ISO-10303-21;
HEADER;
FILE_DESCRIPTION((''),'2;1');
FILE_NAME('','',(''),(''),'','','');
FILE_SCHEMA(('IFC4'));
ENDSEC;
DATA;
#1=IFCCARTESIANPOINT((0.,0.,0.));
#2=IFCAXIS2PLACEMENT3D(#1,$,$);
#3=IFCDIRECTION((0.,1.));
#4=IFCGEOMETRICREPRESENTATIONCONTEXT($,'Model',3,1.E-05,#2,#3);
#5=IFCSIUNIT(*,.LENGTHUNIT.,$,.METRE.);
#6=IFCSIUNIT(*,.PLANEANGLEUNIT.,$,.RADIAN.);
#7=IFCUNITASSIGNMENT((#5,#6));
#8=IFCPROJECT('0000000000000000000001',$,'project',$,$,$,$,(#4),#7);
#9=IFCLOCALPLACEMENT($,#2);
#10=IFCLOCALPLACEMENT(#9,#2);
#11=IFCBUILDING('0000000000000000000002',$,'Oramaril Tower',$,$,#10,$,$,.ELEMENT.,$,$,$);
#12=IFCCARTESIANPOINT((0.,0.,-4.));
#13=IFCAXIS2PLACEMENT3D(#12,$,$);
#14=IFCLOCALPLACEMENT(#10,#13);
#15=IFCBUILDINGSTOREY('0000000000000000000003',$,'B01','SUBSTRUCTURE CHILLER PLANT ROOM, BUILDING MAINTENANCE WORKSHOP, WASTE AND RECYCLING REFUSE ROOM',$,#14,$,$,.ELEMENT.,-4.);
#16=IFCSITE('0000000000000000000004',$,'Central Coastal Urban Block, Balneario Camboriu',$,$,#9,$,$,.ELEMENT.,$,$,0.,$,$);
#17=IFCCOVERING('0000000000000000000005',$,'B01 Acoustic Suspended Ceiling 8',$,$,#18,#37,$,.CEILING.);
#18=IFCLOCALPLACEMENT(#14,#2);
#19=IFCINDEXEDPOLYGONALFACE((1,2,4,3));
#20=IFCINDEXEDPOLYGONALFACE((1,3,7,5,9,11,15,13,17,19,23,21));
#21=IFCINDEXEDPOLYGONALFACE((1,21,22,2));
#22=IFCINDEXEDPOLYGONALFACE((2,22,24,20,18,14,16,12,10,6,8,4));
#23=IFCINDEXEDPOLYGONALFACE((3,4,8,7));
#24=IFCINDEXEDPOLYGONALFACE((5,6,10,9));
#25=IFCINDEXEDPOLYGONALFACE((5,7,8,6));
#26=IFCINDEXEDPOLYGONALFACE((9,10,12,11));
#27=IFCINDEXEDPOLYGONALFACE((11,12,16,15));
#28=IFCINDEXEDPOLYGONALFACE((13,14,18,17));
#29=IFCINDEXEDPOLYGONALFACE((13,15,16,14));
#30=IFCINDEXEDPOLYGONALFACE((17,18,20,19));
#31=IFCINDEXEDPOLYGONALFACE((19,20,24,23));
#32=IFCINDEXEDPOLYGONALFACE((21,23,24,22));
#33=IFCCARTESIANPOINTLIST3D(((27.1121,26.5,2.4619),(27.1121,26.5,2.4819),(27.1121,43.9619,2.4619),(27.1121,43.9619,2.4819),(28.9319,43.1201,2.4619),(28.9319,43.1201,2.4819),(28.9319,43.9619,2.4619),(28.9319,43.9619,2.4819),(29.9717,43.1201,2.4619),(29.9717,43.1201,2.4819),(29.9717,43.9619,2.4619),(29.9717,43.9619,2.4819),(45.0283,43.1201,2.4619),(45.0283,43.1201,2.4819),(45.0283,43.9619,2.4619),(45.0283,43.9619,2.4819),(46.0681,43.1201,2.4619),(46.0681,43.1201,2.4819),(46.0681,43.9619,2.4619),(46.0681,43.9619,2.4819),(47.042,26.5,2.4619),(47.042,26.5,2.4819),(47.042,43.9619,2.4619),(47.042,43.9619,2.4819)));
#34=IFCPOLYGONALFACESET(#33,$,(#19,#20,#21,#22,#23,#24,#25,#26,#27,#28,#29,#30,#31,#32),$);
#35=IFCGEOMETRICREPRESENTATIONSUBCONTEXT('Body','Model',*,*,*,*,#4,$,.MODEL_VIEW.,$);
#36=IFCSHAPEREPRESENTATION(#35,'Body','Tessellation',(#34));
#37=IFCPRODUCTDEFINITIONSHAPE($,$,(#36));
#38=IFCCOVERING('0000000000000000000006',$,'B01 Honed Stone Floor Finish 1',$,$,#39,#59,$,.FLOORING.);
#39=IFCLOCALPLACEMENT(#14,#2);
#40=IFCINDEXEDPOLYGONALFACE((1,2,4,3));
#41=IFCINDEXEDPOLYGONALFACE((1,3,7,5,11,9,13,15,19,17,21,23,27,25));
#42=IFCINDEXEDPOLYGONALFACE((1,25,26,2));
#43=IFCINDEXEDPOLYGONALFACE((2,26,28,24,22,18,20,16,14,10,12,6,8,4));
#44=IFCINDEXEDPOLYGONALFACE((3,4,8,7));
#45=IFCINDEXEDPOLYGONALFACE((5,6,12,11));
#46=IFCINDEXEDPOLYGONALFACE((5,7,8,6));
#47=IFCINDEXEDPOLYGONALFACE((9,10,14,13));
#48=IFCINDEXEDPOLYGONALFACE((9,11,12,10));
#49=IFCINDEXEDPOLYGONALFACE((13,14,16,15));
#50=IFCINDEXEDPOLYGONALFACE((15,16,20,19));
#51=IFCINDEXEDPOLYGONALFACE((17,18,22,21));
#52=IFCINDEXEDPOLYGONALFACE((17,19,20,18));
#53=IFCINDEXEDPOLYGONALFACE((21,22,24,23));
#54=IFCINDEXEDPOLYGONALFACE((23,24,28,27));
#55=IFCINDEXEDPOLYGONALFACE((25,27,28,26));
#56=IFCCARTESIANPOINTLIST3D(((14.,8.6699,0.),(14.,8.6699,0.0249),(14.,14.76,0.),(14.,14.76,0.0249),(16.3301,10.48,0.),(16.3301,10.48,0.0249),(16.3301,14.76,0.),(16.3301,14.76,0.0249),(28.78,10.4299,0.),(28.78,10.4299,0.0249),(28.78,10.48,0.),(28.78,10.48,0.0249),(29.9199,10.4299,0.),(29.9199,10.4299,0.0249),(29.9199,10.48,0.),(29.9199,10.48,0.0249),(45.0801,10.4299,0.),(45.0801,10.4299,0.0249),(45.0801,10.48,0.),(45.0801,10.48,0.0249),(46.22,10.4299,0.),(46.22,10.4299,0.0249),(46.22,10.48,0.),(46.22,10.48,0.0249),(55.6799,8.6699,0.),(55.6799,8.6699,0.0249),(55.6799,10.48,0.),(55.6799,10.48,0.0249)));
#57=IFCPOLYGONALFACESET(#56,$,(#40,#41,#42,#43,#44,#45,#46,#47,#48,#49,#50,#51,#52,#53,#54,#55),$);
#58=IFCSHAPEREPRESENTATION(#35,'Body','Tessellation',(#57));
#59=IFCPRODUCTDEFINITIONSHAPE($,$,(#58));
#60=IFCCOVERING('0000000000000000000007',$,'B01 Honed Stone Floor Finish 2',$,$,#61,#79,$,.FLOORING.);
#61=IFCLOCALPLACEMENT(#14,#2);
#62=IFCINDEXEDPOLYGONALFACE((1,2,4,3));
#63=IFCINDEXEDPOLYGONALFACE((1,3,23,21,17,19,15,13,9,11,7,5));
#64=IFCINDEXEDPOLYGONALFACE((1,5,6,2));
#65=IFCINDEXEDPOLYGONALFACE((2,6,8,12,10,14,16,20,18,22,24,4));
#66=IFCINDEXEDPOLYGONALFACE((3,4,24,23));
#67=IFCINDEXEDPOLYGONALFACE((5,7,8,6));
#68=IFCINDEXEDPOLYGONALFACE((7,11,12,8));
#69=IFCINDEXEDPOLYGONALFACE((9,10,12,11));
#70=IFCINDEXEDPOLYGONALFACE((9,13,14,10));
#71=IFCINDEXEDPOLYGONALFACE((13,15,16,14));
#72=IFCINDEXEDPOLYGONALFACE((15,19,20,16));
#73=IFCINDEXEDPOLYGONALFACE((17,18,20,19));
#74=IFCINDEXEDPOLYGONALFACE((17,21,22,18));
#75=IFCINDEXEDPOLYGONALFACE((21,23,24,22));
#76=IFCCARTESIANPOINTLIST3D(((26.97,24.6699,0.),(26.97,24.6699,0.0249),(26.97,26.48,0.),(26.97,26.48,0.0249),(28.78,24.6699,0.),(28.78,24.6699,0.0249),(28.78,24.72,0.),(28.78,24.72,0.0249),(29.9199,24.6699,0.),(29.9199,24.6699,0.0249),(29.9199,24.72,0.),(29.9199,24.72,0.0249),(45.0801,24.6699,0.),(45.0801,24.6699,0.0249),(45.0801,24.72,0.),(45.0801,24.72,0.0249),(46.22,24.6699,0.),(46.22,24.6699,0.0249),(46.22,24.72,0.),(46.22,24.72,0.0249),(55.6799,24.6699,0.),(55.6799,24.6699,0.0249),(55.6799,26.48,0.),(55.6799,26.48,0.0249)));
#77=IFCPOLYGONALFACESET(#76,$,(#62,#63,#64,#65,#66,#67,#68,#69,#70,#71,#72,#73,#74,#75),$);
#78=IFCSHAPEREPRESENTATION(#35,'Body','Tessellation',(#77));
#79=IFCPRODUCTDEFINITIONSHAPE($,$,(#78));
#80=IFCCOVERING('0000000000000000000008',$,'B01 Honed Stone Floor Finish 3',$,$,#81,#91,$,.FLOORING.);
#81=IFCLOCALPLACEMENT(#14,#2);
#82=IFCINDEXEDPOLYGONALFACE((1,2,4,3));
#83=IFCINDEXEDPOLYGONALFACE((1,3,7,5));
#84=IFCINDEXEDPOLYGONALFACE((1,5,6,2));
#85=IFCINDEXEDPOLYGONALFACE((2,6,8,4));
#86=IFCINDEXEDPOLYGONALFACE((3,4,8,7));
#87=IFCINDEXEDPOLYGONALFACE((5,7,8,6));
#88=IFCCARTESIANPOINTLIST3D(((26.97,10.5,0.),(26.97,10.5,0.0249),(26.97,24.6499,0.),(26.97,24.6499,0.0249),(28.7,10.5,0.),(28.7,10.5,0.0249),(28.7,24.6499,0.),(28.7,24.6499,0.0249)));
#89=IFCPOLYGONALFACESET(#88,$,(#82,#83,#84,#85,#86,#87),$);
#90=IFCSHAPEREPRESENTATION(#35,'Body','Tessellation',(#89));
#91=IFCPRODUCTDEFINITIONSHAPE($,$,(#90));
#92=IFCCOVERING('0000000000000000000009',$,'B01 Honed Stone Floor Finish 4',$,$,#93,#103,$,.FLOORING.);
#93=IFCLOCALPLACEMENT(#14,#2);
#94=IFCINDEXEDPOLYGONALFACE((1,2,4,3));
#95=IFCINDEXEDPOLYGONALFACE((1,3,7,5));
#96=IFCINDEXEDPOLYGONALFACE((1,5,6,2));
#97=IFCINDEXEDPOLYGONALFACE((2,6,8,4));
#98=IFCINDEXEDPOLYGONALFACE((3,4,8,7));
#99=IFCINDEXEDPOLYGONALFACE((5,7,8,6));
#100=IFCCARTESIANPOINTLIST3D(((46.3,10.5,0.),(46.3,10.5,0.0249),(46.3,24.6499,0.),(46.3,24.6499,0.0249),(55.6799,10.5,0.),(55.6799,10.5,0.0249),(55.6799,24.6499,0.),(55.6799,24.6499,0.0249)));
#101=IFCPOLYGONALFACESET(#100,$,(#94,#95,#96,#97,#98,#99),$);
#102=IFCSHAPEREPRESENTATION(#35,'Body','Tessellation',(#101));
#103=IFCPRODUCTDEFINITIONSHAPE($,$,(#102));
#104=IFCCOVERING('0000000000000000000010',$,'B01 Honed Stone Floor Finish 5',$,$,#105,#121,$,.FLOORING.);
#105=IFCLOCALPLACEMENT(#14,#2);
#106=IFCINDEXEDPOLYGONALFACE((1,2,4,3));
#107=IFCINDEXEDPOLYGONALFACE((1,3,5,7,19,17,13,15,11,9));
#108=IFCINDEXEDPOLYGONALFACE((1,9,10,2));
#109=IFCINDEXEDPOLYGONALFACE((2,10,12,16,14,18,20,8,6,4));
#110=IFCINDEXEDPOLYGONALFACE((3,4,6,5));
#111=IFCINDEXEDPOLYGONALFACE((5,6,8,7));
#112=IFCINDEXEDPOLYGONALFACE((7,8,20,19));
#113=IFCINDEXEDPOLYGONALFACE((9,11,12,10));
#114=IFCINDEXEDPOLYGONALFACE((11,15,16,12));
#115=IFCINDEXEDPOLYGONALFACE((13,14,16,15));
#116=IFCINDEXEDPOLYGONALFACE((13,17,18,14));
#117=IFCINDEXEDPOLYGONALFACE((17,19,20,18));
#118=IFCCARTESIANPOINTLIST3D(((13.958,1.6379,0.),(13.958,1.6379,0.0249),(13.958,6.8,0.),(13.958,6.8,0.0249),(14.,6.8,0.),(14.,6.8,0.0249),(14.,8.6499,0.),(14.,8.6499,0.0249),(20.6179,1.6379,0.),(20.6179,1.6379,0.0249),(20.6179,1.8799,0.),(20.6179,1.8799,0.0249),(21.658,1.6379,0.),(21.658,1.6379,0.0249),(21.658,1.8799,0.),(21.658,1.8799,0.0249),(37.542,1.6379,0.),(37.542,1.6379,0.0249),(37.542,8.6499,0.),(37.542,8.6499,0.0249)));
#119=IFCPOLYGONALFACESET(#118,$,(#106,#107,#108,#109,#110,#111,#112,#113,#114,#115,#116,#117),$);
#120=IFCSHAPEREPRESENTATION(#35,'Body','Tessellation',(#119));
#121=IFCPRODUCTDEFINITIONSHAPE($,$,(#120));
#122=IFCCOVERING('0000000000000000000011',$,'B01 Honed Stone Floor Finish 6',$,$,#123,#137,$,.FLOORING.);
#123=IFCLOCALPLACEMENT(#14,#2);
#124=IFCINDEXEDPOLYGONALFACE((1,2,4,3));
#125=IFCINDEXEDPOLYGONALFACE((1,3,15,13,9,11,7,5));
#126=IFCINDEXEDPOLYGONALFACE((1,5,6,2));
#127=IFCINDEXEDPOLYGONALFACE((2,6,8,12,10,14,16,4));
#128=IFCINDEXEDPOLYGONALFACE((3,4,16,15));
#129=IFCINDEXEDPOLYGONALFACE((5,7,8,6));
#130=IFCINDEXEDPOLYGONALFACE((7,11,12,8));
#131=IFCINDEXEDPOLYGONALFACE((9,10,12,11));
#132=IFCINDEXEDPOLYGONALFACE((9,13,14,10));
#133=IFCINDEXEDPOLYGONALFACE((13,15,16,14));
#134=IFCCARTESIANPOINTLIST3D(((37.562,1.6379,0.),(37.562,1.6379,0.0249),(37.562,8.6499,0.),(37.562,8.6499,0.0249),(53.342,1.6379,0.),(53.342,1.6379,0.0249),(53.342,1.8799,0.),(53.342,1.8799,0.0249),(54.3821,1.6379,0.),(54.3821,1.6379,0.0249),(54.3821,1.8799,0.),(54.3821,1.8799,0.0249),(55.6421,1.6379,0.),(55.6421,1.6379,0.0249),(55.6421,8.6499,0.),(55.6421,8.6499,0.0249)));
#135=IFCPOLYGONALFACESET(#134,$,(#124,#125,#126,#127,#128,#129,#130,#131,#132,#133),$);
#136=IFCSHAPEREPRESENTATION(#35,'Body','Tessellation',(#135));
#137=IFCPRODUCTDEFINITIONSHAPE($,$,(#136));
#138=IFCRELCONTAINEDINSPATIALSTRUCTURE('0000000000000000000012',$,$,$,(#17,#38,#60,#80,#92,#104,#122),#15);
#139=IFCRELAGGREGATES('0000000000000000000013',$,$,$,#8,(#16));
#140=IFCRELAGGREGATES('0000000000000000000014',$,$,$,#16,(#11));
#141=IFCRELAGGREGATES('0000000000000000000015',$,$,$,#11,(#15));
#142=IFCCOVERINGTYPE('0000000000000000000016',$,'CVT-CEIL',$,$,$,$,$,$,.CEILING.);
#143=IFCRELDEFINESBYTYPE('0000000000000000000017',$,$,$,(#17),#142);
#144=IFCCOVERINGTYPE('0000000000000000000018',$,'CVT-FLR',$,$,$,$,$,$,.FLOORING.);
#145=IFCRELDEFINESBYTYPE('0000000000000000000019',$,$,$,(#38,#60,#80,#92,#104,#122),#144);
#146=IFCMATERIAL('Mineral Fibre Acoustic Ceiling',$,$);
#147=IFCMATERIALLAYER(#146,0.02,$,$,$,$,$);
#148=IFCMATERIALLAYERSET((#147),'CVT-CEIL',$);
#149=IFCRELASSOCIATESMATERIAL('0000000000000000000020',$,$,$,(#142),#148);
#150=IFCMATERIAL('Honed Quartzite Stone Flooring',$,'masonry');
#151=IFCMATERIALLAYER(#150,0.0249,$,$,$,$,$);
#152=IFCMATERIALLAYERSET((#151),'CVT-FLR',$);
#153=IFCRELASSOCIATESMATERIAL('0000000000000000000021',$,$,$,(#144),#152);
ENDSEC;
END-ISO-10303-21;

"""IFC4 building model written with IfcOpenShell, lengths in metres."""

from ifc_helpers import new_model, si_unit, direction, frame, origin, place, context, subcontext, project, spatial, polyline, outline, extrude, material, layer, layer_set, type_object, element, save


model = new_model("IFC4")

# Units and contexts
model_context = context("Model", 3, precision=1e-05, world=origin(), true_north=direction((0.0, 1.0)))
body_context = subcontext(model_context, "Body", "Model", "MODEL_VIEW")
ifc_project = project(units=[si_unit("LENGTHUNIT", "METRE"), si_unit("PLANEANGLEUNIT", "RADIAN")], contexts=[model_context])

# Site, building, storey
site_placement = place(None, origin())
site = spatial("IfcSite", under=ifc_project, at=site_placement, Name="Central Coastal Urban Block, Balneario Camboriu", CompositionType="ELEMENT", RefElevation=0.0)
building_placement = place(site_placement, origin())
building = spatial("IfcBuilding", under=site, at=building_placement, Name="Oramaril Tower", CompositionType="ELEMENT")
storey_placement = place(building_placement, frame((0.0, 0.0, -4.0)))
storey = spatial("IfcBuildingStorey", under=building, at=storey_placement, Name="B01", Description="SUBSTRUCTURE CHILLER PLANT ROOM, BUILDING MAINTENANCE WORKSHOP, WASTE AND RECYCLING REFUSE ROOM", CompositionType="ELEMENT", Elevation=-4.0)

# Coverings
ifc_material_1 = material(Name="Mineral Fibre Acoustic Ceiling")
ifc_layer_1 = layer(ifc_material_1, 0.02)
ifc_layer_set_1 = layer_set([ifc_layer_1], Name="CVT-CEIL")
covering_type_1 = type_object("IfcCoveringType", Name="CVT-CEIL", PredefinedType="CEILING", material=ifc_layer_set_1)
covering_1_placement = place(storey_placement, frame((0.0, 0.0, 2.4619)))
element("IfcCovering", 1, at=covering_1_placement, inside=storey, type_object=covering_type_1, Name="B01 Acoustic Suspended Ceiling 8", PredefinedType="CEILING", context=body_context, shape_type="SweptSolid", body=[
    extrude(outline(polyline([(28.9319, 43.9619), (28.9319, 43.1201), (29.9717, 43.1201), (29.9717, 43.9619), (45.0283, 43.9619), (45.0283, 43.1201), (46.0681, 43.1201), (46.0681, 43.9619), (47.042, 43.9619), (47.042, 26.5), (27.1121, 26.5), (27.1121, 43.9619), (28.9319, 43.9619)])), origin(), (0.0, 0.0, 1.0), 0.02),
])
ifc_material_2 = material(Name="Honed Quartzite Stone Flooring", Category="masonry")
ifc_layer_2 = layer(ifc_material_2, 0.0249)
ifc_layer_set_2 = layer_set([ifc_layer_2], Name="CVT-FLR")
covering_type_2 = type_object("IfcCoveringType", Name="CVT-FLR", PredefinedType="FLOORING", material=ifc_layer_set_2)
covering_2_placement = place(storey_placement, origin())
element("IfcCovering", 2, at=covering_2_placement, inside=storey, type_object=covering_type_2, Name="B01 Honed Stone Floor Finish 1", PredefinedType="FLOORING", context=body_context, shape_type="SweptSolid", body=[
    extrude(outline(polyline([(28.78, 10.48), (28.78, 10.4299), (29.9199, 10.4299), (29.9199, 10.48), (45.0801, 10.48), (45.0801, 10.4299), (46.22, 10.4299), (46.22, 10.48), (55.6799, 10.48), (55.6799, 8.6699), (14.0, 8.6699), (14.0, 14.76), (16.3301, 14.76), (16.3301, 10.48), (28.78, 10.48)])), origin(), (0.0, 0.0, 1.0), 0.0249),
])
covering_3_placement = place(storey_placement, origin())
element("IfcCovering", 3, at=covering_3_placement, inside=storey, type_object=covering_type_2, Name="B01 Honed Stone Floor Finish 2", PredefinedType="FLOORING", context=body_context, shape_type="SweptSolid", body=[
    extrude(outline(polyline([(55.6799, 26.48), (55.6799, 24.6699), (46.22, 24.6699), (46.22, 24.72), (45.0801, 24.72), (45.0801, 24.6699), (29.9199, 24.6699), (29.9199, 24.72), (28.78, 24.72), (28.78, 24.6699), (26.97, 24.6699), (26.97, 26.48), (55.6799, 26.48)])), origin(), (0.0, 0.0, 1.0), 0.0249),
])
covering_4_placement = place(storey_placement, origin())
element("IfcCovering", 4, at=covering_4_placement, inside=storey, type_object=covering_type_2, Name="B01 Honed Stone Floor Finish 3", PredefinedType="FLOORING", context=body_context, shape_type="SweptSolid", body=[
    extrude(outline(polyline([(28.7, 10.5), (26.97, 10.5), (26.97, 24.6499), (28.7, 24.6499), (28.7, 10.5)])), origin(), (0.0, 0.0, 1.0), 0.0249),
])
covering_5_placement = place(storey_placement, origin())
element("IfcCovering", 5, at=covering_5_placement, inside=storey, type_object=covering_type_2, Name="B01 Honed Stone Floor Finish 4", PredefinedType="FLOORING", context=body_context, shape_type="SweptSolid", body=[
    extrude(outline(polyline([(55.6799, 10.5), (46.3, 10.5), (46.3, 24.6499), (55.6799, 24.6499), (55.6799, 10.5)])), origin(), (0.0, 0.0, 1.0), 0.0249),
])
covering_6_placement = place(storey_placement, origin())
element("IfcCovering", 6, at=covering_6_placement, inside=storey, type_object=covering_type_2, Name="B01 Honed Stone Floor Finish 5", PredefinedType="FLOORING", context=body_context, shape_type="SweptSolid", body=[
    extrude(outline(polyline([(14.0, 6.8), (14.0, 8.6499), (37.542, 8.6499), (37.542, 1.6379), (21.658, 1.6379), (21.658, 1.8799), (20.6179, 1.8799), (20.6179, 1.6379), (13.958, 1.6379), (13.958, 6.8), (14.0, 6.8)])), origin(), (0.0, 0.0, 1.0), 0.0249),
])
covering_7_placement = place(storey_placement, origin())
element("IfcCovering", 7, at=covering_7_placement, inside=storey, type_object=covering_type_2, Name="B01 Honed Stone Floor Finish 6", PredefinedType="FLOORING", context=body_context, shape_type="SweptSolid", body=[
    extrude(outline(polyline([(55.6421, 1.6379), (54.3821, 1.6379), (54.3821, 1.8799), (53.342, 1.8799), (53.342, 1.6379), (37.562, 1.6379), (37.562, 8.6499), (55.6421, 8.6499), (55.6421, 1.6379)])), origin(), (0.0, 0.0, 1.0), 0.0249),
])

save(model, "model.ifc")
